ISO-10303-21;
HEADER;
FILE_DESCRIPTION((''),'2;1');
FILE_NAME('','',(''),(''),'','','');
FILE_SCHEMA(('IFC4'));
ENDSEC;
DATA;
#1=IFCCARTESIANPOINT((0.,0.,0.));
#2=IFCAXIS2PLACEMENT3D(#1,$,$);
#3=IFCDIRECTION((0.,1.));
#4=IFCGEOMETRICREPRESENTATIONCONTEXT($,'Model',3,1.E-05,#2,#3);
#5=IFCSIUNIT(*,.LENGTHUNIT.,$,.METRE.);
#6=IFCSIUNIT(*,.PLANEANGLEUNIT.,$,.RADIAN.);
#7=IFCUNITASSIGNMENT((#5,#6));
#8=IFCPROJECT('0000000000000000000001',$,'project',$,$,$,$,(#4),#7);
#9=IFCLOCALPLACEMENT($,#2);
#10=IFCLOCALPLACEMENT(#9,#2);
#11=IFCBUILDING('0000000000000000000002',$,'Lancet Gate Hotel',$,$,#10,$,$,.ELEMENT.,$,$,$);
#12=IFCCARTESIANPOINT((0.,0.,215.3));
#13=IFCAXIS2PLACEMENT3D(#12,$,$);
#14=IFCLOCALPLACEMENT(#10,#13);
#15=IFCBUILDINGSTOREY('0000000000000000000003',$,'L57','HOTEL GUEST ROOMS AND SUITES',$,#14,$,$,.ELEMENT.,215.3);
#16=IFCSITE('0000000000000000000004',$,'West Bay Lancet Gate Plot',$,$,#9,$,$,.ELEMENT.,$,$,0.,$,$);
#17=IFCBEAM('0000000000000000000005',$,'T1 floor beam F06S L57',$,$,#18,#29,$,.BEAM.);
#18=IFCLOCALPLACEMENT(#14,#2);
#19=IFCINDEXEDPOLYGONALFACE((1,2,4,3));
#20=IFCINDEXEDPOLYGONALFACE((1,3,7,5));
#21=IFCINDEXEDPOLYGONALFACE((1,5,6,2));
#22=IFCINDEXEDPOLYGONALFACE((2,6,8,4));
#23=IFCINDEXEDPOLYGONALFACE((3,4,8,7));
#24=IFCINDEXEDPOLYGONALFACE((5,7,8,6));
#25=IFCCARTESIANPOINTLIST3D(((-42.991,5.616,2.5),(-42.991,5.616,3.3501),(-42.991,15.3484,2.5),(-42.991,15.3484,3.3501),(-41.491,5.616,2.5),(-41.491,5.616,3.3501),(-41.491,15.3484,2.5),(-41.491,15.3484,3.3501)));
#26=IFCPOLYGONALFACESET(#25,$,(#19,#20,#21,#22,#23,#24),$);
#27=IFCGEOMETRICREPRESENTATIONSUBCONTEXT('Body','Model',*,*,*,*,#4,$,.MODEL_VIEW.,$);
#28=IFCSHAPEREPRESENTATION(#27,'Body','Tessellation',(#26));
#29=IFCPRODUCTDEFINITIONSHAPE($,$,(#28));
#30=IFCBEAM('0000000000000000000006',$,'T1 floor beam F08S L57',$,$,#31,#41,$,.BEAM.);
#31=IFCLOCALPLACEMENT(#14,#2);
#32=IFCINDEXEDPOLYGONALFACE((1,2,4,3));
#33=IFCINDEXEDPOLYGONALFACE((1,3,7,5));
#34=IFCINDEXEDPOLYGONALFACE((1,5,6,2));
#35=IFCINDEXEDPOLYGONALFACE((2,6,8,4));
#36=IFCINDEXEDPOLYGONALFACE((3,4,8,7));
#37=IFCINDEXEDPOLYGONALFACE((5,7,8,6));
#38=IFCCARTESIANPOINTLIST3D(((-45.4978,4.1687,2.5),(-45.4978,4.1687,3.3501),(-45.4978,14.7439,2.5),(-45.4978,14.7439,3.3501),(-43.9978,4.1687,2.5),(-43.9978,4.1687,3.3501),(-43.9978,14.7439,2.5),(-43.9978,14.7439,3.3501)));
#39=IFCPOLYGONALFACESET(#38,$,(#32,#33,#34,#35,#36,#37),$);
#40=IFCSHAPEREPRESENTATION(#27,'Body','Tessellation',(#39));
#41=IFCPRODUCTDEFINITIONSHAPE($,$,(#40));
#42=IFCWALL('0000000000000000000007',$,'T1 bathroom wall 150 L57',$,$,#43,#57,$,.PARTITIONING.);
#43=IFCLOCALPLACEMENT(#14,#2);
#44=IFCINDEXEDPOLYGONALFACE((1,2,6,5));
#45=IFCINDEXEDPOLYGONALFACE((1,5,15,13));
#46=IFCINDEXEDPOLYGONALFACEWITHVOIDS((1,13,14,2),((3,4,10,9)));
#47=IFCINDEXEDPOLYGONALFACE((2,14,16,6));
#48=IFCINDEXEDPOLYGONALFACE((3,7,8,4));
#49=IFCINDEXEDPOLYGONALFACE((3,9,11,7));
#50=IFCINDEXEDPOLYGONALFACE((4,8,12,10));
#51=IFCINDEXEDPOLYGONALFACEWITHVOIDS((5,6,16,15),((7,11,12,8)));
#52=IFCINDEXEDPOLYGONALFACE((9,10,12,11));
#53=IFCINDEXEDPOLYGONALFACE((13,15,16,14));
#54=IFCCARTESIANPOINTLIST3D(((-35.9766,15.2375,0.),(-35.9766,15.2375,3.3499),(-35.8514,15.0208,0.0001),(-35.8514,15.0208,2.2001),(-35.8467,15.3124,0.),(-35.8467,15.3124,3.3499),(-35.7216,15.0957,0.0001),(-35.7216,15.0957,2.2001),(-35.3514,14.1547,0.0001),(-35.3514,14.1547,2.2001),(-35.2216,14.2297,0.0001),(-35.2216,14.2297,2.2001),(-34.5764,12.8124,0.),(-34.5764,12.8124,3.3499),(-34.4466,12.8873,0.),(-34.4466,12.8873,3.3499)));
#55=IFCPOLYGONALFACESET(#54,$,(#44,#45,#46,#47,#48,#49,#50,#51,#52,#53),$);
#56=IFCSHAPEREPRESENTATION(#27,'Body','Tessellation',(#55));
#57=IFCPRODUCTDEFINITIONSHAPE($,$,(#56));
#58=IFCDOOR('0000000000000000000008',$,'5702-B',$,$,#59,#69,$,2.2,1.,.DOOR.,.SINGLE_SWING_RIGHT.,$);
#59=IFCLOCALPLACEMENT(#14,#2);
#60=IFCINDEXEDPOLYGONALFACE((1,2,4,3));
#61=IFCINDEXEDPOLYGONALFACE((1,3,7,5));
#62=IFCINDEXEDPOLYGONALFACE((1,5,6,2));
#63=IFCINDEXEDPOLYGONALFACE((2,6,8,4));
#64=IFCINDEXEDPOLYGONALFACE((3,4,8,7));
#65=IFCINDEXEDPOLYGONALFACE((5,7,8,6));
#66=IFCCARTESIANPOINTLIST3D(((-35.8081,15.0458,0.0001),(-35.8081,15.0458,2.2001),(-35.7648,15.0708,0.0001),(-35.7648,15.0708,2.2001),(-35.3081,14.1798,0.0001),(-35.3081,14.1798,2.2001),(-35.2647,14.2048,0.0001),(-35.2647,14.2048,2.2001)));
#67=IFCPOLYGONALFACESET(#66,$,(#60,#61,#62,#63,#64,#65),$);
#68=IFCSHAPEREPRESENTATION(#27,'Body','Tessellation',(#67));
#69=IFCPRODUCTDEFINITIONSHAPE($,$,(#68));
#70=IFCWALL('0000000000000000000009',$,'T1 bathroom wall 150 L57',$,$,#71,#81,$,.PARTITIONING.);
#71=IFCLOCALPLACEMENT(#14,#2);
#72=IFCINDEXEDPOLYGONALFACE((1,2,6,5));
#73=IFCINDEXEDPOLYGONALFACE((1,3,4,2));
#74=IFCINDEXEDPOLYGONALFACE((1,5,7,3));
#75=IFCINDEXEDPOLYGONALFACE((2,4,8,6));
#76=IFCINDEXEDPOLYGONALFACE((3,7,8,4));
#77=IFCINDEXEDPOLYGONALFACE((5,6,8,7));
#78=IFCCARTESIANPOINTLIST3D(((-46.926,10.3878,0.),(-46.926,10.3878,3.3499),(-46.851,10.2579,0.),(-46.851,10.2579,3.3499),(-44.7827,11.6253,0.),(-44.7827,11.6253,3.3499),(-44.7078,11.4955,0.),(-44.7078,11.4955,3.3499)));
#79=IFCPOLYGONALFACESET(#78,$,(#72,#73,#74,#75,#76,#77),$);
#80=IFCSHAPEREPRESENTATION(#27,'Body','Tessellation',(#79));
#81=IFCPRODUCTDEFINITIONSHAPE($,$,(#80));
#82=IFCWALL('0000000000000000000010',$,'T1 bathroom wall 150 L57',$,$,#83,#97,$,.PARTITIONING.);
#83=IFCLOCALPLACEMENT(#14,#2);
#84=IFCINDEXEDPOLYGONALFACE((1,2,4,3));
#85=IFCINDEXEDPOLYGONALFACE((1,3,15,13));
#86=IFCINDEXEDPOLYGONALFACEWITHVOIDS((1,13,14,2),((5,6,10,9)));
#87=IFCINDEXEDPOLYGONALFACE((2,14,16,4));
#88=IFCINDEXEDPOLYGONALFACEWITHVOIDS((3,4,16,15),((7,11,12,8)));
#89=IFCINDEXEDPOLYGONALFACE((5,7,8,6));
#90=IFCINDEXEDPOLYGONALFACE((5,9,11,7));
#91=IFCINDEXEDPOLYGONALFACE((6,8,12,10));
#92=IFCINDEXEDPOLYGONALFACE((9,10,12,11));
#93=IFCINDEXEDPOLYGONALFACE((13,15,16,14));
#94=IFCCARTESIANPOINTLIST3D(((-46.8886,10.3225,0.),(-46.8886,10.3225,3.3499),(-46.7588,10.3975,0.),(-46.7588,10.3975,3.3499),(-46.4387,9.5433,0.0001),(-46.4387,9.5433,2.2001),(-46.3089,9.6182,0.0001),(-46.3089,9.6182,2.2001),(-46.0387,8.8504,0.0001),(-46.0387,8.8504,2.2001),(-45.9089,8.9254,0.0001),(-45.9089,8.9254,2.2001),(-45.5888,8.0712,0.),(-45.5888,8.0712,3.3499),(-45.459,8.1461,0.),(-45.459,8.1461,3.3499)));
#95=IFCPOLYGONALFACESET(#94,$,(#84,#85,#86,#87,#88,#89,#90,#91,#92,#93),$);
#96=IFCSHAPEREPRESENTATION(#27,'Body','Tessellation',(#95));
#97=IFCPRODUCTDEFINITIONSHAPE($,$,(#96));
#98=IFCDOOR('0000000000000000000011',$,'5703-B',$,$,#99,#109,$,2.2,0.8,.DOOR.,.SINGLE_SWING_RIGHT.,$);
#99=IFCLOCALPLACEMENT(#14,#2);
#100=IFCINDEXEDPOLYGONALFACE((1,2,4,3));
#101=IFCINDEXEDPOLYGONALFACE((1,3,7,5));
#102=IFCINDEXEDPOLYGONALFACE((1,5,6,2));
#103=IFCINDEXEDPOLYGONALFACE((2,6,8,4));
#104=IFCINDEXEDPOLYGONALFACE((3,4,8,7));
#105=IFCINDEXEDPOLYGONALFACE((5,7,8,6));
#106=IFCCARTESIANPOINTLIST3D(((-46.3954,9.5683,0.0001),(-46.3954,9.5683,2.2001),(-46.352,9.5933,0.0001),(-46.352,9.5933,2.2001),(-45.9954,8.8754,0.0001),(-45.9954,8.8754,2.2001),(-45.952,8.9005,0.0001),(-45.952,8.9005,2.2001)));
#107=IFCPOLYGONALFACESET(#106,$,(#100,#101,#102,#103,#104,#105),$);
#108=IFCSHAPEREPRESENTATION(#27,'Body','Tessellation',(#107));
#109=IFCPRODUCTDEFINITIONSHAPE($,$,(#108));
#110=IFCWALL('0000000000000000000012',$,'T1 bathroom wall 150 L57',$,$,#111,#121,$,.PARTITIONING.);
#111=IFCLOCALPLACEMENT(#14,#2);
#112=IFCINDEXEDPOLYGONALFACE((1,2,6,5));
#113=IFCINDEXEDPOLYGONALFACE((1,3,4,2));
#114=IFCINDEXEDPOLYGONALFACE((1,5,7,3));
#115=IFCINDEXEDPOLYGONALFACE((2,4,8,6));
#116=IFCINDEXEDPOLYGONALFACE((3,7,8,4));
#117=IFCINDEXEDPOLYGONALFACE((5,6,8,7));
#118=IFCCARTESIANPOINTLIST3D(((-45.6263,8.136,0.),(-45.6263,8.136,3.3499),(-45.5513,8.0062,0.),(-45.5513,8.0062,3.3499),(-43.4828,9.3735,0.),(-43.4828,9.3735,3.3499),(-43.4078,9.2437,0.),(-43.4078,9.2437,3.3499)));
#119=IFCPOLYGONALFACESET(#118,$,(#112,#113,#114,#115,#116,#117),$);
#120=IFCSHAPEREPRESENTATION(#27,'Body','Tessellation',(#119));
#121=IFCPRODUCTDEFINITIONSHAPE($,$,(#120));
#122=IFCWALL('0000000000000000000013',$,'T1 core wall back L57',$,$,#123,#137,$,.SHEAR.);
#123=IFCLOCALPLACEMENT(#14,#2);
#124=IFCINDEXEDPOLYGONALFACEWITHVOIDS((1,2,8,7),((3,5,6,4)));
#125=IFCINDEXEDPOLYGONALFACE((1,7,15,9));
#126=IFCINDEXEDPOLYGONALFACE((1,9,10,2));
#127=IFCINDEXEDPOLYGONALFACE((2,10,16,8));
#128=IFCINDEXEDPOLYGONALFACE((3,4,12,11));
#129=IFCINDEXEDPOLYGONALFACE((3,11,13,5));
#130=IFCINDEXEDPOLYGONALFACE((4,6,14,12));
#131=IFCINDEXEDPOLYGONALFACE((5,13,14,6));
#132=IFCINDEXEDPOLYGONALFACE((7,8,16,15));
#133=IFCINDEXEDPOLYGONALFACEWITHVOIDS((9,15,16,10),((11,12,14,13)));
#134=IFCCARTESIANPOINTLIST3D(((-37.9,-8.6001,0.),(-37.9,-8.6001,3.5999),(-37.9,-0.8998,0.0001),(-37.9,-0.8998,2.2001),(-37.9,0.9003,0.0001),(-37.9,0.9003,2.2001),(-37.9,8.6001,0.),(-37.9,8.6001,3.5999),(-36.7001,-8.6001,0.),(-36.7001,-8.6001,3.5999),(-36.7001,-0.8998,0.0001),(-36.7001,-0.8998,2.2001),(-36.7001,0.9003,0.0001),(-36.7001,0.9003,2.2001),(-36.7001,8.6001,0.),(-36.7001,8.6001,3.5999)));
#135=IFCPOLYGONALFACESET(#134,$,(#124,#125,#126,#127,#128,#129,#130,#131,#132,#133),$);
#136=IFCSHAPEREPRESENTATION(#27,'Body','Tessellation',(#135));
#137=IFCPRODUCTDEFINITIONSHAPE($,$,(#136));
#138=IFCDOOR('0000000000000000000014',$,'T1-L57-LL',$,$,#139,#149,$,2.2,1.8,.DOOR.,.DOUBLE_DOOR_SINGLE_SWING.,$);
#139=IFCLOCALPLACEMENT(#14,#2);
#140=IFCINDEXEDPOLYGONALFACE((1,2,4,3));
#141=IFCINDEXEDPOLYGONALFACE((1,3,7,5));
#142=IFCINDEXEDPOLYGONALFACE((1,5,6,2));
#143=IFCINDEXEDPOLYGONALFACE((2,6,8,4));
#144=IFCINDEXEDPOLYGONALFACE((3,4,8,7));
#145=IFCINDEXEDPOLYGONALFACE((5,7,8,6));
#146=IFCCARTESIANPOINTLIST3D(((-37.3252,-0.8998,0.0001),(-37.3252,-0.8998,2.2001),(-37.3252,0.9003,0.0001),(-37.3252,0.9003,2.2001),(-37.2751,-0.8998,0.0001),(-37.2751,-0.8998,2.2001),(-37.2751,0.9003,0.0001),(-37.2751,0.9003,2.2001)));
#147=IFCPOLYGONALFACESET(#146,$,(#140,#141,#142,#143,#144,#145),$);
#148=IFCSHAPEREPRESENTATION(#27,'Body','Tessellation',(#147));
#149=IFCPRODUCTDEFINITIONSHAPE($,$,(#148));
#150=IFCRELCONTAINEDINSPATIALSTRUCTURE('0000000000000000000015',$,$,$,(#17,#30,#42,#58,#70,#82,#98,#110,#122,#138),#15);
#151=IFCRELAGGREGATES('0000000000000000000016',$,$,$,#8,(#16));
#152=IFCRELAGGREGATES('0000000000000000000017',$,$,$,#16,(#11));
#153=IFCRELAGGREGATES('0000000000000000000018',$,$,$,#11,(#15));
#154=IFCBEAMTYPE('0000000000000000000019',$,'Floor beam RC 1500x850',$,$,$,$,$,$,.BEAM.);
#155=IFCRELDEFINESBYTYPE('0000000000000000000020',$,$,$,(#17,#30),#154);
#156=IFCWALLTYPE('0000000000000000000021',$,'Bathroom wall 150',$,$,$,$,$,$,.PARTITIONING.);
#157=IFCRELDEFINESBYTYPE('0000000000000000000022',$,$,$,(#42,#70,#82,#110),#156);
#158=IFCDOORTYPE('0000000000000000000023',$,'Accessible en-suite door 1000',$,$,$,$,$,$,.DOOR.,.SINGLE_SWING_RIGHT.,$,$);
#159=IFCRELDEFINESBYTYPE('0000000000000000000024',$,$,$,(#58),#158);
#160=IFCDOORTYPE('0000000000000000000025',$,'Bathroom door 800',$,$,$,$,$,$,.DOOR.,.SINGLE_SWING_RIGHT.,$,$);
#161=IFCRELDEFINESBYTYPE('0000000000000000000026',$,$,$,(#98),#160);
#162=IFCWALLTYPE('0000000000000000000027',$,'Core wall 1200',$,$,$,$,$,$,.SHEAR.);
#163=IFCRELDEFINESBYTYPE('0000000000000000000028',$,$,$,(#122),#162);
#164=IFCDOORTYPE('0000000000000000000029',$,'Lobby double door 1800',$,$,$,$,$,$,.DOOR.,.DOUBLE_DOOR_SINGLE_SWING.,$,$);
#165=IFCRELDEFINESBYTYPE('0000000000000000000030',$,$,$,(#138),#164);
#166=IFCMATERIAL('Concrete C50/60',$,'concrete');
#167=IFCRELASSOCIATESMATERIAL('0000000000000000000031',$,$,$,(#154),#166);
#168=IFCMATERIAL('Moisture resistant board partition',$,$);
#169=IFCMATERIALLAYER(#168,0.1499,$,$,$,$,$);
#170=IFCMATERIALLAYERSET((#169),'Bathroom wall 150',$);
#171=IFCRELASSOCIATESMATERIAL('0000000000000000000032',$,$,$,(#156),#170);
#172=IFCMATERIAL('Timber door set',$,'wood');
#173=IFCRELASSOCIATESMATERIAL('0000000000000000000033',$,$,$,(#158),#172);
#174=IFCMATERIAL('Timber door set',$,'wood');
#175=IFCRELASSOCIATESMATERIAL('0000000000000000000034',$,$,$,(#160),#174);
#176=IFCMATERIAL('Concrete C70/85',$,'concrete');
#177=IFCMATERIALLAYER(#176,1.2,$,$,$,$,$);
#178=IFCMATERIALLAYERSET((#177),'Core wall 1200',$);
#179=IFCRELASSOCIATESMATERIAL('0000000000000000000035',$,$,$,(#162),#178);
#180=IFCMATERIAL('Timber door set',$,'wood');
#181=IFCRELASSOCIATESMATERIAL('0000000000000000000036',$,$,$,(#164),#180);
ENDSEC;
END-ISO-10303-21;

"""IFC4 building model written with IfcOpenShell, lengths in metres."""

from ifc_helpers import new_model, si_unit, direction, frame, frame_2d, origin, origin_2d, place, context, subcontext, project, spatial, rectangle, extrude, material, layer, layer_set, material_profile, profile_set, type_object, element, fill, save


model = new_model("IFC4")

# Units and contexts
model_context = context("Model", 3, precision=1e-05, world=origin(), true_north=direction((0.0, 1.0)))
body_context = subcontext(model_context, "Body", "Model", "MODEL_VIEW")
ifc_project = project(units=[si_unit("LENGTHUNIT", "METRE"), si_unit("PLANEANGLEUNIT", "RADIAN")], contexts=[model_context])

# Site, building, storey
site_placement = place(None, origin())
site = spatial("IfcSite", under=ifc_project, at=site_placement, Name="West Bay Lancet Gate Plot", CompositionType="ELEMENT", RefElevation=0.0)
building_placement = place(site_placement, origin())
building = spatial("IfcBuilding", under=site, at=building_placement, Name="Lancet Gate Hotel", CompositionType="ELEMENT")
storey_placement = place(building_placement, frame((0.0, 0.0, 215.3)))
storey = spatial("IfcBuildingStorey", under=building, at=storey_placement, Name="L57", Description="HOTEL GUEST ROOMS AND SUITES", CompositionType="ELEMENT", Elevation=215.3)

# Beams
ifc_material_1 = material(Name="Concrete C50/60", Category="concrete")
ifc_material_profile = material_profile(ifc_material_1, rectangle(XDim=1.5, YDim=0.8501, at=origin_2d()), Name="RC 1500x850")
ifc_profile_set = profile_set([ifc_material_profile], Name="Concrete C50/60")
beam_type = type_object("IfcBeamType", Name="Floor beam RC 1500x850", PredefinedType="BEAM", material=ifc_profile_set)
beam_1_placement = place(storey_placement, frame((-42.241, 15.3484, 2.925), z_axis=(0.0, -1.0, 0.0), x_axis=(1.0, 0.0, 0.0)))
element("IfcBeam", 1, at=beam_1_placement, inside=storey, type_object=beam_type, Name="T1 floor beam F06S L57", PredefinedType="BEAM", context=body_context, shape_type="SweptSolid", body=[
    extrude(rectangle(XDim=1.5, YDim=0.8501, at=origin_2d()), origin(), (0.0, 0.0, 1.0), 9.7324),
])
beam_2_placement = place(storey_placement, frame((-44.7478, 14.7439, 2.925), z_axis=(0.0, -1.0, 0.0), x_axis=(1.0, 0.0, 0.0)))
element("IfcBeam", 2, at=beam_2_placement, inside=storey, type_object=beam_type, Name="T1 floor beam F08S L57", PredefinedType="BEAM", context=body_context, shape_type="SweptSolid", body=[
    extrude(rectangle(XDim=1.5, YDim=0.8501, at=origin_2d()), origin(), (0.0, 0.0, 1.0), 10.5752),
])

# Wall, opening, door
ifc_material_2 = material(Name="Moisture resistant board partition")
ifc_layer_1 = layer(ifc_material_2, 0.1499)
ifc_layer_set_1 = layer_set([ifc_layer_1], Name="Bathroom wall 150")
wall_type_1 = type_object("IfcWallType", Name="Bathroom wall 150", PredefinedType="PARTITIONING", material=ifc_layer_set_1)
wall_1_placement = place(storey_placement, frame((-34.5115, 12.8499, 0.0), z_axis=(0.0, 0.0, 1.0), x_axis=(-0.500012, 0.866019, 0.0)))
wall_1 = element("IfcWall", 3, at=wall_1_placement, inside=storey, type_object=wall_type_1, Name="T1 bathroom wall 150 L57", PredefinedType="PARTITIONING", context=body_context, shape_type="SweptSolid", body=[
    extrude(rectangle(XDim=2.8003, YDim=0.1499, at=frame_2d((1.4001, 0.0))), origin(), (0.0, 0.0, 1.0), 3.3499),
])
opening_1_placement = place(wall_1_placement, frame((1.55, 0.0, 0.0)))
opening_1 = element("IfcOpeningElement", 4, at=opening_1_placement, cuts=wall_1, PredefinedType="OPENING", context=body_context, shape_type="SweptSolid", body=[
    extrude(rectangle(XDim=1.0, YDim=2.2, at=frame_2d((0.5, 1.1001))), frame((0.0, 0.085, 0.0), z_axis=(0.0, -1.0, 0.0), x_axis=(1.0, 0.0, 0.0)), (0.0, 0.0, 1.0), 0.1699),
])
ifc_material_3 = material(Name="Timber door set", Category="wood")
door_type_1 = type_object("IfcDoorType", Name="Accessible en-suite door 1000", OperationType="SINGLE_SWING_RIGHT", PredefinedType="DOOR", material=ifc_material_3)
door_1_placement = place(opening_1_placement, origin())
door_1 = element("IfcDoor", 5, at=door_1_placement, inside=storey, type_object=door_type_1, Name="5702-B", OperationType="SINGLE_SWING_RIGHT", OverallHeight=2.2, OverallWidth=1.0, PredefinedType="DOOR", context=body_context, shape_type="SweptSolid", body=[
    extrude(rectangle(XDim=1.0, YDim=2.2, at=frame_2d((0.5, 1.1001))), frame((0.0, 0.0249, 0.0), z_axis=(0.0, -1.0, 0.0), x_axis=(1.0, 0.0, 0.0)), (0.0, 0.0, 1.0), 0.05),
])
fill(opening_1, door_1)

# Wall
wall_2_placement = place(storey_placement, frame((-44.7454, 11.5603, 0.0), z_axis=(0.0, 0.0, 1.0), x_axis=(-0.866007, -0.500033, 0.0)))
element("IfcWall", 6, at=wall_2_placement, inside=storey, type_object=wall_type_1, Name="T1 bathroom wall 150 L57", PredefinedType="PARTITIONING", context=body_context, shape_type="SweptSolid", body=[
    extrude(rectangle(XDim=2.4749, YDim=0.1499, at=frame_2d((1.2373, 0.0))), origin(), (0.0, 0.0, 1.0), 3.3499),
])

# Wall, opening, door
wall_3_placement = place(storey_placement, frame((-45.5239, 8.1086, 0.0), z_axis=(0.0, 0.0, 1.0), x_axis=(-0.499977, 0.866039, 0.0)))
wall_3 = element("IfcWall", 7, at=wall_3_placement, inside=storey, type_object=wall_type_1, Name="T1 bathroom wall 150 L57", PredefinedType="PARTITIONING", context=body_context, shape_type="SweptSolid", body=[
    extrude(rectangle(XDim=2.5996, YDim=0.1499, at=frame_2d((1.2998, 0.0))), origin(), (0.0, 0.0, 1.0), 3.3499),
])
opening_2_placement = place(wall_3_placement, frame((0.8999, 0.0, 0.0)))
opening_2 = element("IfcOpeningElement", 8, at=opening_2_placement, cuts=wall_3, PredefinedType="OPENING", context=body_context, shape_type="SweptSolid", body=[
    extrude(rectangle(XDim=0.8, YDim=2.2, at=frame_2d((0.3999, 1.1001))), frame((0.0, 0.085, 0.0), z_axis=(0.0, -1.0, 0.0), x_axis=(1.0, 0.0, 0.0)), (0.0, 0.0, 1.0), 0.1699),
])
ifc_material_4 = material(Name="Timber door set", Category="wood")
door_type_2 = type_object("IfcDoorType", Name="Bathroom door 800", OperationType="SINGLE_SWING_RIGHT", PredefinedType="DOOR", material=ifc_material_4)
door_2_placement = place(opening_2_placement, origin())
door_2 = element("IfcDoor", 9, at=door_2_placement, inside=storey, type_object=door_type_2, Name="5703-B", OperationType="SINGLE_SWING_RIGHT", OverallHeight=2.2, OverallWidth=0.8, PredefinedType="DOOR", context=body_context, shape_type="SweptSolid", body=[
    extrude(rectangle(XDim=0.8, YDim=2.2, at=frame_2d((0.3999, 1.1001))), frame((0.0, 0.0249, 0.0), z_axis=(0.0, -1.0, 0.0), x_axis=(1.0, 0.0, 0.0)), (0.0, 0.0, 1.0), 0.05),
])
fill(opening_2, door_2)

# Wall
wall_4_placement = place(storey_placement, frame((-43.4453, 9.3086, 0.0), z_axis=(0.0, 0.0, 1.0), x_axis=(-0.866031, -0.49999, 0.0)))
element("IfcWall", 10, at=wall_4_placement, inside=storey, type_object=wall_type_1, Name="T1 bathroom wall 150 L57", PredefinedType="PARTITIONING", context=body_context, shape_type="SweptSolid", body=[
    extrude(rectangle(XDim=2.4751, YDim=0.1499, at=frame_2d((1.2375, 0.0))), origin(), (0.0, 0.0, 1.0), 3.3499),
])

# Wall, opening, door
ifc_material_5 = material(Name="Concrete C70/85", Category="concrete")
ifc_layer_2 = layer(ifc_material_5, 1.2)
ifc_layer_set_2 = layer_set([ifc_layer_2], Name="Core wall 1200")
wall_type_2 = type_object("IfcWallType", Name="Core wall 1200", PredefinedType="SHEAR", material=ifc_layer_set_2)
wall_5_placement = place(storey_placement, frame((-37.3, 8.6001, 0.0), z_axis=(0.0, 0.0, 1.0), x_axis=(0.0, -1.0, 0.0)))
wall_5 = element("IfcWall", 11, at=wall_5_placement, inside=storey, type_object=wall_type_2, Name="T1 core wall back L57", PredefinedType="SHEAR", context=body_context, shape_type="SweptSolid", body=[
    extrude(rectangle(XDim=17.2002, YDim=1.2, at=frame_2d((8.6001, 0.0))), origin(), (0.0, 0.0, 1.0), 3.5999),
])
opening_3_placement = place(wall_5_placement, frame((7.7, 0.0, 0.0)))
opening_3 = element("IfcOpeningElement", 12, at=opening_3_placement, cuts=wall_5, PredefinedType="OPENING", context=body_context, shape_type="SweptSolid", body=[
    extrude(rectangle(XDim=1.8, YDim=2.2, at=frame_2d((0.8999, 1.1001))), frame((0.0, 0.6099, 0.0), z_axis=(0.0, -1.0, 0.0), x_axis=(1.0, 0.0, 0.0)), (0.0, 0.0, 1.0), 1.22),
])
ifc_material_6 = material(Name="Timber door set", Category="wood")
door_type_3 = type_object("IfcDoorType", Name="Lobby double door 1800", OperationType="DOUBLE_DOOR_SINGLE_SWING", PredefinedType="DOOR", material=ifc_material_6)
door_3_placement = place(opening_3_placement, origin())
door_3 = element("IfcDoor", 13, at=door_3_placement, inside=storey, type_object=door_type_3, Name="T1-L57-LL", OperationType="DOUBLE_DOOR_SINGLE_SWING", OverallHeight=2.2, OverallWidth=1.8, PredefinedType="DOOR", context=body_context, shape_type="SweptSolid", body=[
    extrude(rectangle(XDim=1.8, YDim=2.2, at=frame_2d((0.8999, 1.1001))), frame((0.0, 0.0249, 0.0), z_axis=(0.0, -1.0, 0.0), x_axis=(1.0, 0.0, 0.0)), (0.0, 0.0, 1.0), 0.05),
])
fill(opening_3, door_3)

save(model, "model.ifc")
